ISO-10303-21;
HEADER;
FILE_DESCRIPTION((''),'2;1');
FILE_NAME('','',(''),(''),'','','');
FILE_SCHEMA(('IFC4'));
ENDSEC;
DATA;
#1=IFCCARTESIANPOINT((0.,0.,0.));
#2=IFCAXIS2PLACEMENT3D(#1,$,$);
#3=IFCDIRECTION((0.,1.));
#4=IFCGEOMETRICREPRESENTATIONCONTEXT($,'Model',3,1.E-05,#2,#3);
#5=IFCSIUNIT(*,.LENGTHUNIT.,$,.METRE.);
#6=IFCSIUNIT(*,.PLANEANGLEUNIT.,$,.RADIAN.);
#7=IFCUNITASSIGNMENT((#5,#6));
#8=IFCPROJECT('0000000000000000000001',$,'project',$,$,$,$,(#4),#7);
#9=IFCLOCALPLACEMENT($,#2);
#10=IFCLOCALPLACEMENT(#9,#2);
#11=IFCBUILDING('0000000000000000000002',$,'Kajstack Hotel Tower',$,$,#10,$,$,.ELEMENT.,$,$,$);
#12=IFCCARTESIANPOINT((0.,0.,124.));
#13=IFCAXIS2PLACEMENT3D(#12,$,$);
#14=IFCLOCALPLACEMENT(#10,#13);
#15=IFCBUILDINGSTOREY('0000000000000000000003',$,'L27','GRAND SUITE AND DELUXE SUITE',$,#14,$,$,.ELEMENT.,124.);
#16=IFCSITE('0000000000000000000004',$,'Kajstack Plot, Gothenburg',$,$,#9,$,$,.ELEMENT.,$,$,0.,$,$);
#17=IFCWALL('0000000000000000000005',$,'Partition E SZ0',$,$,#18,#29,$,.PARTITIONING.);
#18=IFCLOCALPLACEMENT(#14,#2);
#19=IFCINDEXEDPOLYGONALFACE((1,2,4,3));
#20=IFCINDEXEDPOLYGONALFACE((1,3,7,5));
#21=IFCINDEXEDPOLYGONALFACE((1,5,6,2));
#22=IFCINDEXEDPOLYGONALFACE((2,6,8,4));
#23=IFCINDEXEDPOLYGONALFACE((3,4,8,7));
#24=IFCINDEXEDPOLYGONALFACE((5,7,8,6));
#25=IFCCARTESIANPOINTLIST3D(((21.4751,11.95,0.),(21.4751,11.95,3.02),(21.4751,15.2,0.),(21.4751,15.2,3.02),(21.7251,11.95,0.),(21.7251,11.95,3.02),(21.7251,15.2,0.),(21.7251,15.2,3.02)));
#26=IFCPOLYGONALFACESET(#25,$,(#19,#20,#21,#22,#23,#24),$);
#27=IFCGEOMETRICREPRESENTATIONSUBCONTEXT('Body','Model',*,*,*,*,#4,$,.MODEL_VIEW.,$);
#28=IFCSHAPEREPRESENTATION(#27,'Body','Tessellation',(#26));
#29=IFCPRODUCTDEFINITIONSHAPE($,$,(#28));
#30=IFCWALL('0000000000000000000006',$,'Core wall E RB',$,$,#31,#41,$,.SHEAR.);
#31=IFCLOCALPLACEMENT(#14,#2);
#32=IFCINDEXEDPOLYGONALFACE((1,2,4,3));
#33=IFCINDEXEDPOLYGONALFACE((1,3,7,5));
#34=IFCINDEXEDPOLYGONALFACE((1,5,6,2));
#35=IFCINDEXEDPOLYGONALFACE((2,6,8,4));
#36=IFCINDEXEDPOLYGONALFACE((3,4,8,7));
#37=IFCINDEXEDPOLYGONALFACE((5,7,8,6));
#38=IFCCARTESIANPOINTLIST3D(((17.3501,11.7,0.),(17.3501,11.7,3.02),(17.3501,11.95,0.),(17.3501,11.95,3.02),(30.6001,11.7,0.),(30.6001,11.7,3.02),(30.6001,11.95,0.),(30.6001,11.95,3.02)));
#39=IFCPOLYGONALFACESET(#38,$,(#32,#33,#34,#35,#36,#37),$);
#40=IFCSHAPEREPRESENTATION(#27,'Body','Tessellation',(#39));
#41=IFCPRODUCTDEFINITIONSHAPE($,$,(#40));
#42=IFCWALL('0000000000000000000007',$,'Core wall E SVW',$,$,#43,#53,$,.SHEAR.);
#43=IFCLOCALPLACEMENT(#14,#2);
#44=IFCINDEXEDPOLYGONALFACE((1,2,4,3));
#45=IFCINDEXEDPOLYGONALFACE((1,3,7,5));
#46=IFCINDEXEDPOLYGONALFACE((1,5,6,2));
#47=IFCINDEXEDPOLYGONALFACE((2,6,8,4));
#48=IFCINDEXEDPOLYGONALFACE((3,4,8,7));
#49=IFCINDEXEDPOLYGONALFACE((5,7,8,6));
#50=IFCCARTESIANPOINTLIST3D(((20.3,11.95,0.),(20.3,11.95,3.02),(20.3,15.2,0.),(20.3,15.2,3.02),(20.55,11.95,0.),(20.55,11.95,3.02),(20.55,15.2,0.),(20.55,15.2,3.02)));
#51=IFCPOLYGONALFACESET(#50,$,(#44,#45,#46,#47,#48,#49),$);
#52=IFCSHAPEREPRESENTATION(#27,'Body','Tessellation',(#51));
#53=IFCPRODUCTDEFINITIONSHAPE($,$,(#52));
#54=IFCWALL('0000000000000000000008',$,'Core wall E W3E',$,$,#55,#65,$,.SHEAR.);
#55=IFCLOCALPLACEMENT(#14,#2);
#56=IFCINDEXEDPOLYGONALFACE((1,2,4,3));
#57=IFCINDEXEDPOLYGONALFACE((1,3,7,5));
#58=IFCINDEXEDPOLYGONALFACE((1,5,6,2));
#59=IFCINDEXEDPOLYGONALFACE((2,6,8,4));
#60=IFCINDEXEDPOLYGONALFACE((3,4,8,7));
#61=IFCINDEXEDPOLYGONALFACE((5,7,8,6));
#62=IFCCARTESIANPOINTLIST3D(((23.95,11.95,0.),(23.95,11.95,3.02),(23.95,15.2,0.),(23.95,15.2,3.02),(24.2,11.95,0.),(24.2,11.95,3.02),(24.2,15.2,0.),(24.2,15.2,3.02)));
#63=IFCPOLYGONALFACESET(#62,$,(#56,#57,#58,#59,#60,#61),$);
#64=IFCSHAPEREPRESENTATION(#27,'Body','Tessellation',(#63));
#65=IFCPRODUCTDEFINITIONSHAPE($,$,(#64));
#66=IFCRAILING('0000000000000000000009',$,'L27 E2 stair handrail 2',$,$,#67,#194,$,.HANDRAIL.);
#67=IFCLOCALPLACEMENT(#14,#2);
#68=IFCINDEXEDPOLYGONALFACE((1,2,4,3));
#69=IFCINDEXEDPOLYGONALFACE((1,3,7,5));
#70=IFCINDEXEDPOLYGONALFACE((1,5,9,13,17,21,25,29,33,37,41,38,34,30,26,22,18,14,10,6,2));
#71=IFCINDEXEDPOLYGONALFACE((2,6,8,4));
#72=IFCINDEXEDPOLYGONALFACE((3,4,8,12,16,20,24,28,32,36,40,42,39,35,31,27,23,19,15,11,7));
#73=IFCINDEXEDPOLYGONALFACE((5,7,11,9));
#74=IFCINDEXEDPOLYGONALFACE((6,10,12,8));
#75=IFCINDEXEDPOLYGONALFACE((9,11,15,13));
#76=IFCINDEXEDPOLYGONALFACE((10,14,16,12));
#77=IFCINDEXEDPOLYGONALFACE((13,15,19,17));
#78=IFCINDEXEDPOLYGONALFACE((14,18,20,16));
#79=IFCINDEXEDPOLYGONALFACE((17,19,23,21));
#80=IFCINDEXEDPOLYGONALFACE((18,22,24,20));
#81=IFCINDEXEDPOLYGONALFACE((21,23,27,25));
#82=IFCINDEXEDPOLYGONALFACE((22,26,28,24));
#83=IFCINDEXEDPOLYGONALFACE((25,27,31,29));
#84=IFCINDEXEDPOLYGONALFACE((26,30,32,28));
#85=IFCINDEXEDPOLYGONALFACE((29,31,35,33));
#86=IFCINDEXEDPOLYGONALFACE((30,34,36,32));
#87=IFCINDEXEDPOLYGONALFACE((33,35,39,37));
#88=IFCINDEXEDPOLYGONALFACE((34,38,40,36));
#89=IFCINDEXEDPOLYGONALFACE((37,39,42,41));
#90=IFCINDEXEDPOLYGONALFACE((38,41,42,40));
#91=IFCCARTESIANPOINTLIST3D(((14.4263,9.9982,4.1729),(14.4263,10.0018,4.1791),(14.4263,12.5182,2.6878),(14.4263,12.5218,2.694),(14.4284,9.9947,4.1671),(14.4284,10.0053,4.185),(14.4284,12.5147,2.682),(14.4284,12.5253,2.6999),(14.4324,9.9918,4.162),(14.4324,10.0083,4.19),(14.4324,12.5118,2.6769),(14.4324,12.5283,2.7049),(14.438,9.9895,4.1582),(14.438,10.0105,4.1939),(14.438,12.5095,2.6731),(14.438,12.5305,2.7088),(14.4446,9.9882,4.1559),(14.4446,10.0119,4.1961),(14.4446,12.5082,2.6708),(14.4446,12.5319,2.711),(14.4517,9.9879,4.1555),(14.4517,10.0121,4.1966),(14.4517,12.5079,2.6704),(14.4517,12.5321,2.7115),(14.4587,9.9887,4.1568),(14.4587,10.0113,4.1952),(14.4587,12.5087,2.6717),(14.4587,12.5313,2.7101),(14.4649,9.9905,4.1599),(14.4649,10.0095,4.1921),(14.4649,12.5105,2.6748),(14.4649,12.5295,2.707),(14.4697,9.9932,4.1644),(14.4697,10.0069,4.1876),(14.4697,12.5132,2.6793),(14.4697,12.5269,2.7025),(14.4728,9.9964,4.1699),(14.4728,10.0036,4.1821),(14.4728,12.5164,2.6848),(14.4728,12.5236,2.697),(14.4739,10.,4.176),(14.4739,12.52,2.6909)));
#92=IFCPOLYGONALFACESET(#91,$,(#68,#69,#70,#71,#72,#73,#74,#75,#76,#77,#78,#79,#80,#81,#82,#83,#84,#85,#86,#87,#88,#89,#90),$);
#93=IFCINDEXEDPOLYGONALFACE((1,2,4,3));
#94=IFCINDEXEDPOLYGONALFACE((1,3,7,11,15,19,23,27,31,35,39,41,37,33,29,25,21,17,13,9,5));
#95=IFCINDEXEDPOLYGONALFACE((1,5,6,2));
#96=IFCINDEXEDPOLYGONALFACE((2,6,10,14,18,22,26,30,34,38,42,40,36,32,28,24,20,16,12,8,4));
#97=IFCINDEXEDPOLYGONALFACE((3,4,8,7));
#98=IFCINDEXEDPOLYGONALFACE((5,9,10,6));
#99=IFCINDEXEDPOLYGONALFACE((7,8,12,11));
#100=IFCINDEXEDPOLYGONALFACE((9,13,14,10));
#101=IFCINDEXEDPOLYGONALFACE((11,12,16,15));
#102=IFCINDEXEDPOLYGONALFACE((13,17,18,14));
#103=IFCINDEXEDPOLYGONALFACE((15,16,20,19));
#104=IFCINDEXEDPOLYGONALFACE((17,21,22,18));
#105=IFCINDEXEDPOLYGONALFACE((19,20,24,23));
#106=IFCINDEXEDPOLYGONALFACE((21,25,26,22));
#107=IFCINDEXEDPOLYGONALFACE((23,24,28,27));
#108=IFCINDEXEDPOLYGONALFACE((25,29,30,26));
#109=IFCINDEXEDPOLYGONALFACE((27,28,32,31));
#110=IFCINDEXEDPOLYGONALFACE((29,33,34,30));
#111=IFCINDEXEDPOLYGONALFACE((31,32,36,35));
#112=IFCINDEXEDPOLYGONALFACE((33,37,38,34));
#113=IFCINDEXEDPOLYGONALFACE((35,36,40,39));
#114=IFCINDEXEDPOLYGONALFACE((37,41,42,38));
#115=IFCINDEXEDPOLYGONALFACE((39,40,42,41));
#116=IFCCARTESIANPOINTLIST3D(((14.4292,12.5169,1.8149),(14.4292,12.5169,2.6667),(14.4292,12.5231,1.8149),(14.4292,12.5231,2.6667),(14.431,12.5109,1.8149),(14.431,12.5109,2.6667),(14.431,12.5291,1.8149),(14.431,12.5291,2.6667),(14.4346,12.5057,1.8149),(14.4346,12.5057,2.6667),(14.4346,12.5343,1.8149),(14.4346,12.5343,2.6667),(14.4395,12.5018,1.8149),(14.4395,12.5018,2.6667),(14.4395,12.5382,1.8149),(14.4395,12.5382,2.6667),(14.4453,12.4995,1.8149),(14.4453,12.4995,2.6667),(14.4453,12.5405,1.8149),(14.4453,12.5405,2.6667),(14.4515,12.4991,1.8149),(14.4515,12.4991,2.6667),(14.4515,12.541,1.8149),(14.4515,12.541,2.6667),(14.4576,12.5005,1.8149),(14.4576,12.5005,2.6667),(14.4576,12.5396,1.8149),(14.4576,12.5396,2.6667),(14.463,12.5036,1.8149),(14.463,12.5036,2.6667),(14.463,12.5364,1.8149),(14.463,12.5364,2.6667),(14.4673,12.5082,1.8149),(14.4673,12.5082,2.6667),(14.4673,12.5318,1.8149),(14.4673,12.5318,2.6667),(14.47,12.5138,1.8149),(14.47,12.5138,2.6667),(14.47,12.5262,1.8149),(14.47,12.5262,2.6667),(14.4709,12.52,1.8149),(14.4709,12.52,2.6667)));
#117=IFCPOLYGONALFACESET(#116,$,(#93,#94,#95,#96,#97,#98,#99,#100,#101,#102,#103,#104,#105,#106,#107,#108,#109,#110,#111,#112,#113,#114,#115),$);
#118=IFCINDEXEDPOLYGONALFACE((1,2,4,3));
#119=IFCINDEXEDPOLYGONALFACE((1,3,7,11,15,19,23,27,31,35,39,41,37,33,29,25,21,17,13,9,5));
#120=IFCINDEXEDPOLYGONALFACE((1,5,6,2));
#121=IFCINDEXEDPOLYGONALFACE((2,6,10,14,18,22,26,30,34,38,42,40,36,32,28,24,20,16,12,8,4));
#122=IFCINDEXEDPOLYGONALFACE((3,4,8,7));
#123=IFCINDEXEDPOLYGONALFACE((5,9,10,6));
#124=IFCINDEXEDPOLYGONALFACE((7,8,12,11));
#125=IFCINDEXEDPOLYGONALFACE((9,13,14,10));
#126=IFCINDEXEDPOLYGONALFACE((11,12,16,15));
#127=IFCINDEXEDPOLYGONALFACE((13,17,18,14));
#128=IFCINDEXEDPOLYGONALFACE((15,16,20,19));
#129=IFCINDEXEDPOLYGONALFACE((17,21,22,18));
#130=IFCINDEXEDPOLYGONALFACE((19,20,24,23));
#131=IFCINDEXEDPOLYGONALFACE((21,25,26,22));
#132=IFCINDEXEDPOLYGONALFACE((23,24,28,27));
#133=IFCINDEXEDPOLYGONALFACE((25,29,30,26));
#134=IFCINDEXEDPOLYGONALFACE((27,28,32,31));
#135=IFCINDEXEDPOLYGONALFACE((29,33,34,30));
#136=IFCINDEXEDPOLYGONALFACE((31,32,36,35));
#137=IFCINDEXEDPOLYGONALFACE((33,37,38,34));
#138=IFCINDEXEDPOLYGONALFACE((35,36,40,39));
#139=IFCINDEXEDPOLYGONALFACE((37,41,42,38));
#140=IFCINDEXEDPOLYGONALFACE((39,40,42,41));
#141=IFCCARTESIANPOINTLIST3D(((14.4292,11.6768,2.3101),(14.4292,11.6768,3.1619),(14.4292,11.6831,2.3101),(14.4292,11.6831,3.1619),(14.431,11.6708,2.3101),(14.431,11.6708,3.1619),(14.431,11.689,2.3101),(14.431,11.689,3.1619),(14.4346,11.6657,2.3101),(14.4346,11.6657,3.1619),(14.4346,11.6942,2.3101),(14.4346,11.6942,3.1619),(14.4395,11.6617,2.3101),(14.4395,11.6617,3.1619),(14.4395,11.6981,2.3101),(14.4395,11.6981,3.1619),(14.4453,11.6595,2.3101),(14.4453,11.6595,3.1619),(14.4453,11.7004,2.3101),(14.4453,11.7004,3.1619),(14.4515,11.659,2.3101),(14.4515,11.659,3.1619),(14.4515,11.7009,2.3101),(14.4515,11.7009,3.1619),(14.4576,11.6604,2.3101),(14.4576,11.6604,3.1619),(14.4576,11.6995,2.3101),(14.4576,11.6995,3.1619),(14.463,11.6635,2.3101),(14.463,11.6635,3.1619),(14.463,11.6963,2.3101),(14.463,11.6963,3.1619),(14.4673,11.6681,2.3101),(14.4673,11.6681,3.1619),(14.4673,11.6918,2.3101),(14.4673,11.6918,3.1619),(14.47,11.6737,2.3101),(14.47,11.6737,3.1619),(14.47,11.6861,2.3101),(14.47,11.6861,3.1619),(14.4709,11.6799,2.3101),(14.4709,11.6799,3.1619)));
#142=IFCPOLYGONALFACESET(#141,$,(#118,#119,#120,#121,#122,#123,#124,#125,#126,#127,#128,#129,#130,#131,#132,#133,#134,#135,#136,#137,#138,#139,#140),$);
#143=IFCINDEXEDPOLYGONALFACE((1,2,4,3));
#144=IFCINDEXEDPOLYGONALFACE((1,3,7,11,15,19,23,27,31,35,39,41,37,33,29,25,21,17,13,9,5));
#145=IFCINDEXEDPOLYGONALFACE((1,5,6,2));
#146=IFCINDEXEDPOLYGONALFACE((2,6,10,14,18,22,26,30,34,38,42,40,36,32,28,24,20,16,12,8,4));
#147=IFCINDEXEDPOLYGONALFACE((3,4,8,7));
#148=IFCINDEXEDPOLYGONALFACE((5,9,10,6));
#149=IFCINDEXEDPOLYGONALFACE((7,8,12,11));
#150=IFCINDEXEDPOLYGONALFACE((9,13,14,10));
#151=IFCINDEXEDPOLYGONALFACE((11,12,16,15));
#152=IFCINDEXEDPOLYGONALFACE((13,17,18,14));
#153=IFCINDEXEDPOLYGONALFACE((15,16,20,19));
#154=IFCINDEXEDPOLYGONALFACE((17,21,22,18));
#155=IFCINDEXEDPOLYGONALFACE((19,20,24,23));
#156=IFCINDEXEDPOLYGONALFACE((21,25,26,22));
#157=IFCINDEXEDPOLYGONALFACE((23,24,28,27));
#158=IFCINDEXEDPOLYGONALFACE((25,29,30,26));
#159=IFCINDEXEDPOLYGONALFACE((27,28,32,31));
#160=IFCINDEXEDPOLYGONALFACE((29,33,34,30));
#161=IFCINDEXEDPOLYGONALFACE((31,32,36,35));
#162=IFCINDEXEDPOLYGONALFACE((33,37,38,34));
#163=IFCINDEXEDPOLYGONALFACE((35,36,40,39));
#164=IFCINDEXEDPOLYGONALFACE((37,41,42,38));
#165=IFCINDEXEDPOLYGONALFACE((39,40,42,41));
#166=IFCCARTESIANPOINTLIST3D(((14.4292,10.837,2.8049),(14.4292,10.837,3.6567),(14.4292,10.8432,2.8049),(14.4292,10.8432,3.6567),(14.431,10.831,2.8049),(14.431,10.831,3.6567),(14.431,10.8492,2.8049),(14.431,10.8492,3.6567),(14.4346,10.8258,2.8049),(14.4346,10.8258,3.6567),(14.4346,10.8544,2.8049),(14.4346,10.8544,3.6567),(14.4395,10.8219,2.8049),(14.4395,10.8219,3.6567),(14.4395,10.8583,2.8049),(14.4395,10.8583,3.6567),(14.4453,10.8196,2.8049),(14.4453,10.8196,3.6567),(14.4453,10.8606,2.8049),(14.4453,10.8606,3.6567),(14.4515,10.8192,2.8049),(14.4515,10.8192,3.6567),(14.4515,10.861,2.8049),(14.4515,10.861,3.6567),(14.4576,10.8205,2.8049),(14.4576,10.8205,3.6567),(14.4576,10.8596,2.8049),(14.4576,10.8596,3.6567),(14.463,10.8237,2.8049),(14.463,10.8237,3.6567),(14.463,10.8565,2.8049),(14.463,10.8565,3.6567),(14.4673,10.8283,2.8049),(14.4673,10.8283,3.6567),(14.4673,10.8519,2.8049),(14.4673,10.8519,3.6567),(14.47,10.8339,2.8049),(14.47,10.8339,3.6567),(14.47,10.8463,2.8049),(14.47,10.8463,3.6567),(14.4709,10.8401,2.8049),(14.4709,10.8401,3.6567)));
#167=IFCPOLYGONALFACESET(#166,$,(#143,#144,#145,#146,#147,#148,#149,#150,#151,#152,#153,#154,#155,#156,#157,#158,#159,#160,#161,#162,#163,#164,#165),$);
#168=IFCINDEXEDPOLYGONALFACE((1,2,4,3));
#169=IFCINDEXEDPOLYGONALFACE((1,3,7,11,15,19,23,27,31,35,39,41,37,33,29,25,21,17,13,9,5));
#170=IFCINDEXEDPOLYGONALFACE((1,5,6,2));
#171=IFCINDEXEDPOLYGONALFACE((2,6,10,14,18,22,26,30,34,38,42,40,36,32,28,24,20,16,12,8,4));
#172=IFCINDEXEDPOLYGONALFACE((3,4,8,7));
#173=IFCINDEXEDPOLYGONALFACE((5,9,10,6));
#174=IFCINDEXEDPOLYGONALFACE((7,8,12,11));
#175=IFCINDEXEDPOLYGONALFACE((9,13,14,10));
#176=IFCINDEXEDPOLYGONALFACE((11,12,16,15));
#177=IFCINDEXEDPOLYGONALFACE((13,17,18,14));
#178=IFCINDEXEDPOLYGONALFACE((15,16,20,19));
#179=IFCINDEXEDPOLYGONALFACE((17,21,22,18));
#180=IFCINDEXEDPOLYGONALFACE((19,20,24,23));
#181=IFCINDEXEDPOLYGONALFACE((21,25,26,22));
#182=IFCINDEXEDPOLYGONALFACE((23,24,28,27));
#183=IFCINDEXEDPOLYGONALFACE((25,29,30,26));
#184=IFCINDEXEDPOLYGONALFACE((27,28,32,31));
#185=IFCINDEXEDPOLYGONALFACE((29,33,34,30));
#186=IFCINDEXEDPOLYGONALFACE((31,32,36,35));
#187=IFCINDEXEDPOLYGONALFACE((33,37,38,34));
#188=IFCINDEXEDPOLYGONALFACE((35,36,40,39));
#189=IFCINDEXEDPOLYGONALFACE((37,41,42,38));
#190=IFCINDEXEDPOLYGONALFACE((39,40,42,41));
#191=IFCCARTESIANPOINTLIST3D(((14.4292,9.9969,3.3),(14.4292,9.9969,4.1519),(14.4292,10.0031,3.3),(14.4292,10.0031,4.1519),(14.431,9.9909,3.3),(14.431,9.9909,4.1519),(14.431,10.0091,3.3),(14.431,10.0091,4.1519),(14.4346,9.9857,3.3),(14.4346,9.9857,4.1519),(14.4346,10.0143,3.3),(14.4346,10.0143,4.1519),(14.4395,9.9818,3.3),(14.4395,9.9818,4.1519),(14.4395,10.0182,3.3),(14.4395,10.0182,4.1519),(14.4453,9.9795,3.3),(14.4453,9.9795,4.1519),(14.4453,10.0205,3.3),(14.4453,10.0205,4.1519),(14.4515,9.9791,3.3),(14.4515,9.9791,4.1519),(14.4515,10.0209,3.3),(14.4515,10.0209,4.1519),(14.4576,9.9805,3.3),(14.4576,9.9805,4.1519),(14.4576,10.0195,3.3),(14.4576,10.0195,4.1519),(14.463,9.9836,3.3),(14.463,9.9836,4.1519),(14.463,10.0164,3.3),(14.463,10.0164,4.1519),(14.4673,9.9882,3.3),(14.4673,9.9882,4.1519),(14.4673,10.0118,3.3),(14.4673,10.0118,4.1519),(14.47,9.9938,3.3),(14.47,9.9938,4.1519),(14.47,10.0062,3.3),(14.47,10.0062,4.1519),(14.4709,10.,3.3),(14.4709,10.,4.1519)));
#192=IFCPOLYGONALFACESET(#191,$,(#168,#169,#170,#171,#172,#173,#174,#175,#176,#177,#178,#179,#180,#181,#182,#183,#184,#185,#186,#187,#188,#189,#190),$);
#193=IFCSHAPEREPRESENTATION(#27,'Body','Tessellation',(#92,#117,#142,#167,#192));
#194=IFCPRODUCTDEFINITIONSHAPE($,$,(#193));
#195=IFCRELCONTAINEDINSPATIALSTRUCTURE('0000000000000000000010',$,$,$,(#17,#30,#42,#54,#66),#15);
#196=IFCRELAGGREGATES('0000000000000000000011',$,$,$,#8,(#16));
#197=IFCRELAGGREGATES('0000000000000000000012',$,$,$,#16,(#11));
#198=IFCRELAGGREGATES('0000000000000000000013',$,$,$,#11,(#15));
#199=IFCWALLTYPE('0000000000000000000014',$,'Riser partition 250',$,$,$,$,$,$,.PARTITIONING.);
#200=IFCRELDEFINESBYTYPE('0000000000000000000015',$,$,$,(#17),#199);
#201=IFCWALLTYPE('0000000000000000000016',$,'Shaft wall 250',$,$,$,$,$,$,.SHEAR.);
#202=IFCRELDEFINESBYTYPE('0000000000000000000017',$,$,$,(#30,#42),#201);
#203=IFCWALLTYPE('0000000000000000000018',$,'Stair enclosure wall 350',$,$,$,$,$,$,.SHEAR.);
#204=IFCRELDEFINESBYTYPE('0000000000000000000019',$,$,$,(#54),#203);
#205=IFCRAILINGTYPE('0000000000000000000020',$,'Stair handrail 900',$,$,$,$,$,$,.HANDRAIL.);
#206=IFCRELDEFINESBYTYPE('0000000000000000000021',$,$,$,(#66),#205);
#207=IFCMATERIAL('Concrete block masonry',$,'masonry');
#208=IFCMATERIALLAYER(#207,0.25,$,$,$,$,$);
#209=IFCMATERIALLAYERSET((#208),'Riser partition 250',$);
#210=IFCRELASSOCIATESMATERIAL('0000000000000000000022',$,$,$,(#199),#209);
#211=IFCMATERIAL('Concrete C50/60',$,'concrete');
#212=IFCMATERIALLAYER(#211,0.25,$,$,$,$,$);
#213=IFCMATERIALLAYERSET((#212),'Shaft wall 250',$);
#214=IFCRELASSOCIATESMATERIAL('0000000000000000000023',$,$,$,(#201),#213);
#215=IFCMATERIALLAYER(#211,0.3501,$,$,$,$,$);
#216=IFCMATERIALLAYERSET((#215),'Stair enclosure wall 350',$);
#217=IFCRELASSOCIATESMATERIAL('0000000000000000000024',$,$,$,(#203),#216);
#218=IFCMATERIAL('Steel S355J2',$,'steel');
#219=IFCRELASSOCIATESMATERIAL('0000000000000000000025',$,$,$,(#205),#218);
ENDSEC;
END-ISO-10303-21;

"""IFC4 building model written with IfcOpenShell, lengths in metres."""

from ifc_helpers import new_model, si_unit, direction, frame, frame_2d, origin, origin_2d, place, context, subcontext, project, spatial, rectangle, circle, extrude, material, layer, layer_set, type_object, element, save


model = new_model("IFC4")

# Units and contexts
model_context = context("Model", 3, precision=1e-05, world=origin(), true_north=direction((0.0, 1.0)))
body_context = subcontext(model_context, "Body", "Model", "MODEL_VIEW")
ifc_project = project(units=[si_unit("LENGTHUNIT", "METRE"), si_unit("PLANEANGLEUNIT", "RADIAN")], contexts=[model_context])

# Site, building, storey
site_placement = place(None, origin())
site = spatial("IfcSite", under=ifc_project, at=site_placement, Name="Kajstack Plot, Gothenburg", CompositionType="ELEMENT", RefElevation=0.0)
building_placement = place(site_placement, origin())
building = spatial("IfcBuilding", under=site, at=building_placement, Name="Kajstack Hotel Tower", CompositionType="ELEMENT")
storey_placement = place(building_placement, frame((0.0, 0.0, 124.0)))
storey = spatial("IfcBuildingStorey", under=building, at=storey_placement, Name="L27", Description="GRAND SUITE AND DELUXE SUITE", CompositionType="ELEMENT", Elevation=124.0)

# Walls
ifc_material_1 = material(Name="Concrete block masonry", Category="masonry")
ifc_layer_1 = layer(ifc_material_1, 0.25)
ifc_layer_set_1 = layer_set([ifc_layer_1], Name="Riser partition 250")
wall_type_1 = type_object("IfcWallType", Name="Riser partition 250", PredefinedType="PARTITIONING", material=ifc_layer_set_1)
wall_1_placement = place(storey_placement, frame((21.6001, 11.95, 0.0), z_axis=(0.0, 0.0, 1.0), x_axis=(0.0, 1.0, 0.0)))
element("IfcWall", 1, at=wall_1_placement, inside=storey, type_object=wall_type_1, Name="Partition E SZ0", PredefinedType="PARTITIONING", context=body_context, shape_type="SweptSolid", body=[
    extrude(rectangle(XDim=3.25, YDim=0.25, at=frame_2d((1.625, 0.0))), origin(), (0.0, 0.0, 1.0), 3.02),
])
ifc_material_2 = material(Name="Concrete C50/60", Category="concrete")
ifc_layer_2 = layer(ifc_material_2, 0.25)
ifc_layer_set_2 = layer_set([ifc_layer_2], Name="Shaft wall 250")
wall_type_2 = type_object("IfcWallType", Name="Shaft wall 250", PredefinedType="SHEAR", material=ifc_layer_set_2)
wall_2_placement = place(storey_placement, frame((17.3501, 11.825, 0.0), z_axis=(0.0, 0.0, 1.0), x_axis=(1.0, 0.0, 0.0)))
element("IfcWall", 2, at=wall_2_placement, inside=storey, type_object=wall_type_2, Name="Core wall E RB", PredefinedType="SHEAR", context=body_context, shape_type="SweptSolid", body=[
    extrude(rectangle(XDim=13.25, YDim=0.25, at=frame_2d((6.625, 0.0))), origin(), (0.0, 0.0, 1.0), 3.02),
])
wall_3_placement = place(storey_placement, frame((20.425, 11.95, 0.0), z_axis=(0.0, 0.0, 1.0), x_axis=(0.0, 1.0, 0.0)))
element("IfcWall", 3, at=wall_3_placement, inside=storey, type_object=wall_type_2, Name="Core wall E SVW", PredefinedType="SHEAR", context=body_context, shape_type="SweptSolid", body=[
    extrude(rectangle(XDim=3.25, YDim=0.25, at=frame_2d((1.625, 0.0))), origin(), (0.0, 0.0, 1.0), 3.02),
])
ifc_layer_3 = layer(ifc_material_2, 0.3501)
ifc_layer_set_3 = layer_set([ifc_layer_3], Name="Stair enclosure wall 350")
wall_type_3 = type_object("IfcWallType", Name="Stair enclosure wall 350", PredefinedType="SHEAR", material=ifc_layer_set_3)
wall_4_placement = place(storey_placement, frame((24.075, 11.95, 0.0), z_axis=(0.0, 0.0, 1.0), x_axis=(0.0, 1.0, 0.0)))
element("IfcWall", 4, at=wall_4_placement, inside=storey, type_object=wall_type_3, Name="Core wall E W3E", PredefinedType="SHEAR", context=body_context, shape_type="SweptSolid", body=[
    extrude(rectangle(XDim=3.25, YDim=0.25, at=frame_2d((1.625, 0.0))), origin(), (0.0, 0.0, 1.0), 3.02),
])

# Railing
ifc_material_3 = material(Name="Steel S355J2", Category="steel")
railing_type = type_object("IfcRailingType", Name="Stair handrail 900", PredefinedType="HANDRAIL", material=ifc_material_3)
railing_placement = place(storey_placement, frame((14.45, 12.52, 1.8149)))
element("IfcRailing", 5, at=railing_placement, inside=storey, type_object=railing_type, Name="L27 E2 stair handrail 2", PredefinedType="HANDRAIL", context=body_context, shape_type="SweptSolid", body=[
    extrude(circle(Radius=0.0239, at=origin_2d()), frame((0.0, 0.0, 0.876), z_axis=(0.0, -0.861524, 0.507717), x_axis=(1.0, 0.0, 0.0)), (0.0, 0.0, 1.0), 2.925),
    extrude(circle(Radius=0.021, at=origin_2d()), origin(), (0.0, 0.0, 1.0), 0.8518),
    extrude(circle(Radius=0.021, at=origin_2d()), frame((0.0, -0.8401, 0.4951)), (0.0, 0.0, 1.0), 0.8518),
    extrude(circle(Radius=0.021, at=origin_2d()), frame((0.0, -1.6799, 0.99)), (0.0, 0.0, 1.0), 0.8518),
    extrude(circle(Radius=0.021, at=origin_2d()), frame((0.0, -2.52, 1.4851)), (0.0, 0.0, 1.0), 0.8518),
])

save(model, "model.ifc")
